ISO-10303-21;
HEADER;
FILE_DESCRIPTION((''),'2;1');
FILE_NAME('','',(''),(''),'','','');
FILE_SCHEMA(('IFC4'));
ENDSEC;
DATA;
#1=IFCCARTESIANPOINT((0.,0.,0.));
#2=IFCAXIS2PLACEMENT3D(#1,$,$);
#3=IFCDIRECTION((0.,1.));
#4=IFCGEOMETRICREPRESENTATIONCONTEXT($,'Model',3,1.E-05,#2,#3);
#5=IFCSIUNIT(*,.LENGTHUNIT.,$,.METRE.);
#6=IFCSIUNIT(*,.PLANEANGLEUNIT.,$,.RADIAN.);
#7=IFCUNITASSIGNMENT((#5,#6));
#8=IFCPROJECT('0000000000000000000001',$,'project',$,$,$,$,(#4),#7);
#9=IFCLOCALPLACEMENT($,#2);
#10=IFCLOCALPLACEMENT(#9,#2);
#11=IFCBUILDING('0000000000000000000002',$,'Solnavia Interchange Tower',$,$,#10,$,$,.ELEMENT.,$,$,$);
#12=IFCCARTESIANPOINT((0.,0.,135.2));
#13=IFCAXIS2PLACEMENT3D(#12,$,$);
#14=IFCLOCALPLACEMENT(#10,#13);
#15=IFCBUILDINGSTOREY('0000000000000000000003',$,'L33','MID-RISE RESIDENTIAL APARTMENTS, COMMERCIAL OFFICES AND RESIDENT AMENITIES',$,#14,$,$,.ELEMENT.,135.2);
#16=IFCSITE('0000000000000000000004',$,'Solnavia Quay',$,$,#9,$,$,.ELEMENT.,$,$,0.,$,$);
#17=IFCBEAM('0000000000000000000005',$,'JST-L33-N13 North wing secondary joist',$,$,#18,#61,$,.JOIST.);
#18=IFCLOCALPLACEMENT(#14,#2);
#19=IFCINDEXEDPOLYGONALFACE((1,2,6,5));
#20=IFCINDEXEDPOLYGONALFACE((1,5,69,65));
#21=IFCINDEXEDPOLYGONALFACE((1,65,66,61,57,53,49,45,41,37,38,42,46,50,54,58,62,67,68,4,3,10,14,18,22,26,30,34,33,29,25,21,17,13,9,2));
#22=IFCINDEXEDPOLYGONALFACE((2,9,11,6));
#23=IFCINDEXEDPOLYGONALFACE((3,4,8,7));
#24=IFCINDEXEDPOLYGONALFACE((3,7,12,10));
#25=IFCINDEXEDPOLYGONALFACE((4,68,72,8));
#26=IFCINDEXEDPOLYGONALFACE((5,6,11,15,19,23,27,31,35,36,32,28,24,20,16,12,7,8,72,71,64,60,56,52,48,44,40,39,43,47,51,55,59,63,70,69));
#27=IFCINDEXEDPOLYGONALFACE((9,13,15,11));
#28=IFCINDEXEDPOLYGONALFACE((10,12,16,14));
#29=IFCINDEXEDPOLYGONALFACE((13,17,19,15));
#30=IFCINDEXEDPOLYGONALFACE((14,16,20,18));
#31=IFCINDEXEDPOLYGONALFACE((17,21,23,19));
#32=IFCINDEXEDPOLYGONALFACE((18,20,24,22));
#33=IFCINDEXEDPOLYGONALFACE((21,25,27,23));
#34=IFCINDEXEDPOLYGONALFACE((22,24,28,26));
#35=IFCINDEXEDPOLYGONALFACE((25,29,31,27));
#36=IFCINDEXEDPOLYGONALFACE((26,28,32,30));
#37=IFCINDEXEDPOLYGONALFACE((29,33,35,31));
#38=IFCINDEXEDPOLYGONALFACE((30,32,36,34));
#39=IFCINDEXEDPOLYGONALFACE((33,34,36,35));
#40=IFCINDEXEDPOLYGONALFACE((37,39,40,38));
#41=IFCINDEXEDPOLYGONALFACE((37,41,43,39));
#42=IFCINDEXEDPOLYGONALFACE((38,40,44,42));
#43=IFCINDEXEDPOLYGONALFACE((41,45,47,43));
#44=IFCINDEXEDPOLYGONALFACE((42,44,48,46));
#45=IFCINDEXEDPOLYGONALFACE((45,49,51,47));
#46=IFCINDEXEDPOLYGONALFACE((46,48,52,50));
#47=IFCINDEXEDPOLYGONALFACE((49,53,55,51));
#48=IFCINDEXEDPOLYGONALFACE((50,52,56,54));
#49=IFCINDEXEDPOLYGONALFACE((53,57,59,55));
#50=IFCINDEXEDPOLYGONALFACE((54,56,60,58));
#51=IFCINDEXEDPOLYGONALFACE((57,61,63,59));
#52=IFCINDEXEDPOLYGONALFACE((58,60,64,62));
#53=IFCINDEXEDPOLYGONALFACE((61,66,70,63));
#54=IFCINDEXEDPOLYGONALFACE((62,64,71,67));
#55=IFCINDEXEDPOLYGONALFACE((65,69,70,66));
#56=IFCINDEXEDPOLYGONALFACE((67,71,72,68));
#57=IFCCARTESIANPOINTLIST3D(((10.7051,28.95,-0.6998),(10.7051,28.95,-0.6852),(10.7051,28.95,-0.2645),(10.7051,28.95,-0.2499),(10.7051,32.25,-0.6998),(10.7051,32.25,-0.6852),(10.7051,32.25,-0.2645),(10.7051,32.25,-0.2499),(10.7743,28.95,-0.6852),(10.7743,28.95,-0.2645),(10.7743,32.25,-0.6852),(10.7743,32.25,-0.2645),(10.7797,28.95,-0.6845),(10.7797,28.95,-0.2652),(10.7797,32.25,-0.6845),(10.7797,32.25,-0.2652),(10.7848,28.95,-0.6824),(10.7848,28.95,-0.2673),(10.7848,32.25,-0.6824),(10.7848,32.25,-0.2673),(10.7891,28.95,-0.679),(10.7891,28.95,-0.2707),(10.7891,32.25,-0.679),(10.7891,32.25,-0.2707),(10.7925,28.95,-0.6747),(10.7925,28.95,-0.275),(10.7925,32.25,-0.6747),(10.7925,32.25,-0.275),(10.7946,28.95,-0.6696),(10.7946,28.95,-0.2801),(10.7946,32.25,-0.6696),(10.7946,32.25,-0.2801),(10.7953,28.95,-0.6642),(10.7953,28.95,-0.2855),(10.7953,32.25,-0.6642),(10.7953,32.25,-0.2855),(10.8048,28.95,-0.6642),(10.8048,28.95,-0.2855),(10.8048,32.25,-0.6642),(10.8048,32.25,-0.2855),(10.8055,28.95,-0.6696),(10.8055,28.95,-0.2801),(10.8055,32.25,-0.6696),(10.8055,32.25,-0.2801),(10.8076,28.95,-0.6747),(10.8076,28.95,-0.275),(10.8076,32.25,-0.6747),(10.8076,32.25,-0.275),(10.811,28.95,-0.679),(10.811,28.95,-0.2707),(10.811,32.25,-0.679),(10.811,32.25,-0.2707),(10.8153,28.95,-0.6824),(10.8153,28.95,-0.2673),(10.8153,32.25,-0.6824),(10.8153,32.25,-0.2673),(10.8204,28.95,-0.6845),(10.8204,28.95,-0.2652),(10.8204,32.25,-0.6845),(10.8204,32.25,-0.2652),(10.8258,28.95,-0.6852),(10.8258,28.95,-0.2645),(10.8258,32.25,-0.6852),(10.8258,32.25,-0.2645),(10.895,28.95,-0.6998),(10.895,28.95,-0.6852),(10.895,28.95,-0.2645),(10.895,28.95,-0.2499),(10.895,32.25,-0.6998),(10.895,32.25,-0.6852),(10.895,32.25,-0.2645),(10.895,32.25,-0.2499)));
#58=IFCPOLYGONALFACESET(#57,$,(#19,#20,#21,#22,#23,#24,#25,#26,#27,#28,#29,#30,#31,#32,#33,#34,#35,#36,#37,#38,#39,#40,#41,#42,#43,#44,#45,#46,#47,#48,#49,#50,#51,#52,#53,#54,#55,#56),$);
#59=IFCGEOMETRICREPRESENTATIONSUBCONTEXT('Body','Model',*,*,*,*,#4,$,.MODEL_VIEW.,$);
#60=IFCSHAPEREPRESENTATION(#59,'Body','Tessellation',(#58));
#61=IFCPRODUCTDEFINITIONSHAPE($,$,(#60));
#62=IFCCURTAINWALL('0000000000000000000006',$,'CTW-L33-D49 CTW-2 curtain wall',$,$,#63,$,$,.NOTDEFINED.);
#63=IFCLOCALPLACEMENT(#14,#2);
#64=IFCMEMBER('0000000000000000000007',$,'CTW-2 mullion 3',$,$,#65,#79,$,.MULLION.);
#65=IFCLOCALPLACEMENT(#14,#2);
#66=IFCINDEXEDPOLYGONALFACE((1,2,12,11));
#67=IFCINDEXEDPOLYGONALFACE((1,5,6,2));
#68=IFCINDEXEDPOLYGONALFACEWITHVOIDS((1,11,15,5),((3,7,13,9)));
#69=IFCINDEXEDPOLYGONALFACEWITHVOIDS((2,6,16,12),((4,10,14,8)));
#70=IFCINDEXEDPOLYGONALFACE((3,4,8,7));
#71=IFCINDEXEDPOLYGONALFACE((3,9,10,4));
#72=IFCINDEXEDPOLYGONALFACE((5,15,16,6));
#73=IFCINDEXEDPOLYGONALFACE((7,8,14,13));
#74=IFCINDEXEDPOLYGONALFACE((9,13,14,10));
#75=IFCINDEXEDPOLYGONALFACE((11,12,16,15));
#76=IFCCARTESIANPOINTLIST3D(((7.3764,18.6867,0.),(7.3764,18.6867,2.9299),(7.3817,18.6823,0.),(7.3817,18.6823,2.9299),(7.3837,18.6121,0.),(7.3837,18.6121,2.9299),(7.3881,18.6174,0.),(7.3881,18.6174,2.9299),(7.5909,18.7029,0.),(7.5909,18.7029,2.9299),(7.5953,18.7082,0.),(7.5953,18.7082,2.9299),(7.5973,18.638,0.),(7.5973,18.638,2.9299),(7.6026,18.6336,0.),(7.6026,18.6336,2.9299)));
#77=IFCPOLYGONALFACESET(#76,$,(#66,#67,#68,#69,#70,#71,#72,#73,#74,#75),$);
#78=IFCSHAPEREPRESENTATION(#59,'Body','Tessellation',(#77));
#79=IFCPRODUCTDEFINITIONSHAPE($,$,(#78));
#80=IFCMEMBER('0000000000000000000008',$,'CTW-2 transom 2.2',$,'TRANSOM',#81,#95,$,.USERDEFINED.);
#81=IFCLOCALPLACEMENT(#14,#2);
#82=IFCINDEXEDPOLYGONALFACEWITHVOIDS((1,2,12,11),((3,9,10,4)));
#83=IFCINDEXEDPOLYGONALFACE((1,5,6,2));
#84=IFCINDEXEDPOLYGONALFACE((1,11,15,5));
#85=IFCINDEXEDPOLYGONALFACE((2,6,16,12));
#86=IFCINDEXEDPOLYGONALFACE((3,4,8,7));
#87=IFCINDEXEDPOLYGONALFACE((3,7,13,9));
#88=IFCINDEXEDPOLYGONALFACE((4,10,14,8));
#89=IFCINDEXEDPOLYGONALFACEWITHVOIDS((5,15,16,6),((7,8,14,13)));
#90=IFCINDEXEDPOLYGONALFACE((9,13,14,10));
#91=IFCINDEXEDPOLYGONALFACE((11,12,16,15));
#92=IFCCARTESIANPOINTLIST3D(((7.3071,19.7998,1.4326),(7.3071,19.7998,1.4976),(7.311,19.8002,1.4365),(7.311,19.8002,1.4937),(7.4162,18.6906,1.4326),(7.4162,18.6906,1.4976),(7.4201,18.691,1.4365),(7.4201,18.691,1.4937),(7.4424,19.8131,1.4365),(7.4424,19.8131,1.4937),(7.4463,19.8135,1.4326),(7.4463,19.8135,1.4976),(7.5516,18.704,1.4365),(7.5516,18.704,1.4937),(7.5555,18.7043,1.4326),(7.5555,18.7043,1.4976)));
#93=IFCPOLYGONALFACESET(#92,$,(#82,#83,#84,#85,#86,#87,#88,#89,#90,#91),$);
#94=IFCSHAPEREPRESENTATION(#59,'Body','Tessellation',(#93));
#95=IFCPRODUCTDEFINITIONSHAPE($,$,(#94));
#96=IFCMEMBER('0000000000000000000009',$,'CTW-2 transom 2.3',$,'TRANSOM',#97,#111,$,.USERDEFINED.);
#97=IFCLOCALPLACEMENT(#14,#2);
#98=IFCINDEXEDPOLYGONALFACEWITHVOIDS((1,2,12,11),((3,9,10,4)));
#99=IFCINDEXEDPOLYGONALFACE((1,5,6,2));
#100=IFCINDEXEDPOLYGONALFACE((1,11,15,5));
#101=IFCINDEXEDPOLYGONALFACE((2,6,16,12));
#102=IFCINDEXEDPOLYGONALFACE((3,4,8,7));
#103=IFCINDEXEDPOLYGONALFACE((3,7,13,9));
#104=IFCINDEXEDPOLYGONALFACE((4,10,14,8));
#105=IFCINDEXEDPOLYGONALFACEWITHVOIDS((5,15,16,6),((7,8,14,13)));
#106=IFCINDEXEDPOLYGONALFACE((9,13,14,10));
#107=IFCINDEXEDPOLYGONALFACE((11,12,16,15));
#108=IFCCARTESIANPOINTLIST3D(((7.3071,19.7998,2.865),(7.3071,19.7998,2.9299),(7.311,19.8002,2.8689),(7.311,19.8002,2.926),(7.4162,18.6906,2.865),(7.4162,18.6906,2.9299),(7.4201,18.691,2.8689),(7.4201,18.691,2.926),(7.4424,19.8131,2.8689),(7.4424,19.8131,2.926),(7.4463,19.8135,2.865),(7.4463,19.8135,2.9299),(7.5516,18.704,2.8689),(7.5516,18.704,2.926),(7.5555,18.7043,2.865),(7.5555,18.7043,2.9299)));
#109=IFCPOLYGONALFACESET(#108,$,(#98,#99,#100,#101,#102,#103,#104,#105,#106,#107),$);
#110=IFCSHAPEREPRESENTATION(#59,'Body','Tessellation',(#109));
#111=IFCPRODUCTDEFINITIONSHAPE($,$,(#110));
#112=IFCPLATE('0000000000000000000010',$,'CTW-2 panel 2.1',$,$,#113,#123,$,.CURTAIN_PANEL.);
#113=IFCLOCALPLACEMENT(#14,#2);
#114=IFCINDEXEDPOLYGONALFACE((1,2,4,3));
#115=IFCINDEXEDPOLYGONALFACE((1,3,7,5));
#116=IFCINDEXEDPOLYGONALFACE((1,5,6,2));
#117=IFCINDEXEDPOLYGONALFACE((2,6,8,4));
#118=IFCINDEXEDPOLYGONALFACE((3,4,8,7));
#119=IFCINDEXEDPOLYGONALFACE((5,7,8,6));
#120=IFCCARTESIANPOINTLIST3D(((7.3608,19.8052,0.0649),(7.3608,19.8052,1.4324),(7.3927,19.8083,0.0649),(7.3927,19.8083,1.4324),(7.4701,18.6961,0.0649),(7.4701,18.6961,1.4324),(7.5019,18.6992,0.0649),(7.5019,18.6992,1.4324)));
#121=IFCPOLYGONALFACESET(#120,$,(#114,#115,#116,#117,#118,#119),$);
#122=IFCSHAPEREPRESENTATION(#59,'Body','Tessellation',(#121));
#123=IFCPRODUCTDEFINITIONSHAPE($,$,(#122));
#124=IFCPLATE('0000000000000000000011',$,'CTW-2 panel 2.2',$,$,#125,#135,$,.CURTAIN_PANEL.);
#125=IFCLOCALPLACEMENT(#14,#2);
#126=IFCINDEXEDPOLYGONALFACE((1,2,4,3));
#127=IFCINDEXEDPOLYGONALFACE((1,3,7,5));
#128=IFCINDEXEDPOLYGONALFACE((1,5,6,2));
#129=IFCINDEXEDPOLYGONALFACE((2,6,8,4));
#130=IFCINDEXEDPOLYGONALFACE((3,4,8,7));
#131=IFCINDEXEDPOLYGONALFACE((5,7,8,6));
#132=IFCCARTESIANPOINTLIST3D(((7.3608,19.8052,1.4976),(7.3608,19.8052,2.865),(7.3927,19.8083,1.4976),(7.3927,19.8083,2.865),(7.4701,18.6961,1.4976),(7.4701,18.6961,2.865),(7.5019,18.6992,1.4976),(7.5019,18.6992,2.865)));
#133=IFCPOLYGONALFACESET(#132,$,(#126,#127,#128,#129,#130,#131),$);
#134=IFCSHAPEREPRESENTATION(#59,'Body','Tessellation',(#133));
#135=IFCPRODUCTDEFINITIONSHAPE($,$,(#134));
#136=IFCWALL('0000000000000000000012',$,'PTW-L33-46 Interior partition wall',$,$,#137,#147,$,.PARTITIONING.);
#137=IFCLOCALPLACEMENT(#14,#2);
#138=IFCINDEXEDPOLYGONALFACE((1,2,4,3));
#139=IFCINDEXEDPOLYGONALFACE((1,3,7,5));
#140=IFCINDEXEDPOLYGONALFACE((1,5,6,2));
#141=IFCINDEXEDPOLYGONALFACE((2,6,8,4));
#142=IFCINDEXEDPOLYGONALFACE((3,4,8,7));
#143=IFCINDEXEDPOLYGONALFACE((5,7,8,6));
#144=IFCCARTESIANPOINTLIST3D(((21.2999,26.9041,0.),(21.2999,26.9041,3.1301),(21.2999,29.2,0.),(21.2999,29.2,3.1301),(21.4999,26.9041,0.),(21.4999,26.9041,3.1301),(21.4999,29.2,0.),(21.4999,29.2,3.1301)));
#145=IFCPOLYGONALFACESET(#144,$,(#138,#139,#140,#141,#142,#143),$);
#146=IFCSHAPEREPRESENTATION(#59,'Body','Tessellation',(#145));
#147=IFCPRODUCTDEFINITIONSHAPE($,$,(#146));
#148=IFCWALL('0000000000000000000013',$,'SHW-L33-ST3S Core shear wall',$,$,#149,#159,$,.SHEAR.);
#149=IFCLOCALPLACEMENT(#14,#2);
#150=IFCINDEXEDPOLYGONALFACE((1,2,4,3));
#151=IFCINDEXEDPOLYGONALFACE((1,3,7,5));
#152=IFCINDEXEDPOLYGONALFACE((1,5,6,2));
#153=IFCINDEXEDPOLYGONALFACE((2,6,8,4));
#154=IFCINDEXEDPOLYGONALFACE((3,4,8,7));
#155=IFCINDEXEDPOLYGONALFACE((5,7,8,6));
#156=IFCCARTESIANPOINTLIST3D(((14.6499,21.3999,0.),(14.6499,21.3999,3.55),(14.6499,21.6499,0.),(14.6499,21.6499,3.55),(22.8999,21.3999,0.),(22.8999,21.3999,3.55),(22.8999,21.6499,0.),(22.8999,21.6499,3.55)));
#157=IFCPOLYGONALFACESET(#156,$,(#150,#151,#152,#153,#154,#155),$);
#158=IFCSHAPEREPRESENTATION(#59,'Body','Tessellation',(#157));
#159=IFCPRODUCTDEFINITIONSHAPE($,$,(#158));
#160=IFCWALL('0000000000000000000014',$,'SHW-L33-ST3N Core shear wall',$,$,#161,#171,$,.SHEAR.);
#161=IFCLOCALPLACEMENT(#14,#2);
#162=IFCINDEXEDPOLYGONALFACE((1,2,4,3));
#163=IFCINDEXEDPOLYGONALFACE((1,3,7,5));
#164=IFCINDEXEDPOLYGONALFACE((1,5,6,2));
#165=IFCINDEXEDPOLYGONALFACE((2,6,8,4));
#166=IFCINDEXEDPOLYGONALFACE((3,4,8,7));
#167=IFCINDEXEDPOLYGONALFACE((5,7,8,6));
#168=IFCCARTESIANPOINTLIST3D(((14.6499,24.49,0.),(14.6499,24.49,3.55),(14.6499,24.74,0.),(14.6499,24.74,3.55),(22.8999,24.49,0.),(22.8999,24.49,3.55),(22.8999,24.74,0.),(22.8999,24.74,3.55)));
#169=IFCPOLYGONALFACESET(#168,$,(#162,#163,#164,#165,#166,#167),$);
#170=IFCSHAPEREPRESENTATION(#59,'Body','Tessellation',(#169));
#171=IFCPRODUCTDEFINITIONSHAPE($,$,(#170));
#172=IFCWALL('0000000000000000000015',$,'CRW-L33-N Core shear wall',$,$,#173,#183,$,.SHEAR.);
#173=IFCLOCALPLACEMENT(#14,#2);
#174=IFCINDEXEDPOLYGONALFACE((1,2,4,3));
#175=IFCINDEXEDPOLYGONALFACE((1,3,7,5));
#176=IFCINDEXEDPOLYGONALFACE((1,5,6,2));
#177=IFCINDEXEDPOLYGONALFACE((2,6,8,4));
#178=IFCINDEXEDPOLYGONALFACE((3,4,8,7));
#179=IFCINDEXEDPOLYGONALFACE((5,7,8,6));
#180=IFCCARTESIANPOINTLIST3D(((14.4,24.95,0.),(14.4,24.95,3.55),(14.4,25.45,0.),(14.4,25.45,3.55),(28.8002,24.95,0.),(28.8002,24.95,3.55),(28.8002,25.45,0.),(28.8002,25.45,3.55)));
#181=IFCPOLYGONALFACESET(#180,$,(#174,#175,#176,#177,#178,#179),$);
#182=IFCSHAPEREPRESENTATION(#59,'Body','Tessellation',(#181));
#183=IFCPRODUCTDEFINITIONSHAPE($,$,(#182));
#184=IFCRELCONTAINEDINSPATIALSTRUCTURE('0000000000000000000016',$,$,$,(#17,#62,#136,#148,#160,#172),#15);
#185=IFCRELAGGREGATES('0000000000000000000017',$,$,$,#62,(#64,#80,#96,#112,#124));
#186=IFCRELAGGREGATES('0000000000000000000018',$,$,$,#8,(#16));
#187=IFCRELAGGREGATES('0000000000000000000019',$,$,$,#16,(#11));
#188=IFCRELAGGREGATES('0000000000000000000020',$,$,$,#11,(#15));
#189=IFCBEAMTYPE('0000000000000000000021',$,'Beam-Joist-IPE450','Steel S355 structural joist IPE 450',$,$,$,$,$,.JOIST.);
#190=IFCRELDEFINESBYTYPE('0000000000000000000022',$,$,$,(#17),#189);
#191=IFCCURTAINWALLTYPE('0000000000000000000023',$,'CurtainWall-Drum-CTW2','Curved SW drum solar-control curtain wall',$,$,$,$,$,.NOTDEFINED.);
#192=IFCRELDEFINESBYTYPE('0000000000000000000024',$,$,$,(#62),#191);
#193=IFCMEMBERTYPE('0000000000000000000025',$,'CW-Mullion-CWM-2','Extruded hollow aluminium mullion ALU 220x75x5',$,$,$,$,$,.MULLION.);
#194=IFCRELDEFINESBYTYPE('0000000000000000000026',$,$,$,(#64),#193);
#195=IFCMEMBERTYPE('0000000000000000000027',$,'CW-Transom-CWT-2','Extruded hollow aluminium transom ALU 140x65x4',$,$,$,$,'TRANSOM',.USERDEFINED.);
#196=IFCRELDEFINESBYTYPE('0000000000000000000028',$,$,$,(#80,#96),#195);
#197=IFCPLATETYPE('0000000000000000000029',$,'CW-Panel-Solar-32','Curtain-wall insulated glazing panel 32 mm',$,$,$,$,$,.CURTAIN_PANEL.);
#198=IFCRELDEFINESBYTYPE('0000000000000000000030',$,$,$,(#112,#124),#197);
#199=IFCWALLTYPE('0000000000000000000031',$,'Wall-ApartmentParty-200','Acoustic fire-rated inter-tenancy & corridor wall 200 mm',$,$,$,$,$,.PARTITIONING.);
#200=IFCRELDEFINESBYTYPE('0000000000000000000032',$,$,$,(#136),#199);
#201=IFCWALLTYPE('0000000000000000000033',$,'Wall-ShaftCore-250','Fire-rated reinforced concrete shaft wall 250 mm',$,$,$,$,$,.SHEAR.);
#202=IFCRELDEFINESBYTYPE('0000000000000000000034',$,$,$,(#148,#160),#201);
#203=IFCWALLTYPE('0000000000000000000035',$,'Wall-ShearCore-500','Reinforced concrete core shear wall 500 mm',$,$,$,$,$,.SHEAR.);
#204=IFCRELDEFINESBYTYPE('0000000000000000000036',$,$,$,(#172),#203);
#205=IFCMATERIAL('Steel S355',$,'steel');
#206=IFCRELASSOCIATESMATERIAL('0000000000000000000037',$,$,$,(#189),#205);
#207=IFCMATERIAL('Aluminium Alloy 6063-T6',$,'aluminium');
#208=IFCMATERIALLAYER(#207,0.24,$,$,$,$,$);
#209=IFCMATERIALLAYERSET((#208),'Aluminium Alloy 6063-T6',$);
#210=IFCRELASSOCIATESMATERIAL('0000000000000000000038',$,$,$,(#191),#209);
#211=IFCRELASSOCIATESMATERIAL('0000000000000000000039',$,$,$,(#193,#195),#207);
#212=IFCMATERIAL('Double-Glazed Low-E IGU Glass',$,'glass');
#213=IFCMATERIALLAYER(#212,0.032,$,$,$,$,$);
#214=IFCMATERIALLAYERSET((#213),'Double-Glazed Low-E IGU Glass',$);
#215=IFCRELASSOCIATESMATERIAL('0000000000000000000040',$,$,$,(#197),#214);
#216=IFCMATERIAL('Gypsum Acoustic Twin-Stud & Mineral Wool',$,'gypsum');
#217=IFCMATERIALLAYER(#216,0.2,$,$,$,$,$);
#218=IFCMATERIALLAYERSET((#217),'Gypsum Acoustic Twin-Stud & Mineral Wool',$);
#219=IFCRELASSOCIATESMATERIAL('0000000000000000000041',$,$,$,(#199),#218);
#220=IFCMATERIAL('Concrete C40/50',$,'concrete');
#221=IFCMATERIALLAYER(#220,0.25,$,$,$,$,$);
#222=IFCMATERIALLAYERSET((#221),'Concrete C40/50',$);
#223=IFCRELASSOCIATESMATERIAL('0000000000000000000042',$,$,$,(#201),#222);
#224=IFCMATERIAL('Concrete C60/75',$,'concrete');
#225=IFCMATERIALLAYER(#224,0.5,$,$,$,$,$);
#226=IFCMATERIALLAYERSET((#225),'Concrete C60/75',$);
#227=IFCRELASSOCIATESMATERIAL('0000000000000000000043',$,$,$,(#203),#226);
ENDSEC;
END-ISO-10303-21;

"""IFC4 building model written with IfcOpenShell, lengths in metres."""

from ifc_helpers import new_model, si_unit, direction, frame, frame_2d, origin, origin_2d, place, context, subcontext, project, spatial, rectangle, hollow_rectangle, i_section, extrude, material, layer, layer_set, material_profile, profile_set, type_object, element, aggregate, save


model = new_model("IFC4")

# Units and contexts
model_context = context("Model", 3, precision=1e-05, world=origin(), true_north=direction((0.0, 1.0)))
body_context = subcontext(model_context, "Body", "Model", "MODEL_VIEW")
ifc_project = project(units=[si_unit("LENGTHUNIT", "METRE"), si_unit("PLANEANGLEUNIT", "RADIAN")], contexts=[model_context])

# Site, building, storey
site_placement = place(None, origin())
site = spatial("IfcSite", under=ifc_project, at=site_placement, Name="Solnavia Quay", CompositionType="ELEMENT", RefElevation=0.0)
building_placement = place(site_placement, origin())
building = spatial("IfcBuilding", under=site, at=building_placement, Name="Solnavia Interchange Tower", CompositionType="ELEMENT")
storey_placement = place(building_placement, frame((0.0, 0.0, 135.2)))
storey = spatial("IfcBuildingStorey", under=building, at=storey_placement, Name="L33", Description="MID-RISE RESIDENTIAL APARTMENTS, COMMERCIAL OFFICES AND RESIDENT AMENITIES", CompositionType="ELEMENT", Elevation=135.2)

# Shared definitions
ifc_material_1 = material(Name="Steel S355", Category="steel")

# Beam
ifc_material_profile_1 = material_profile(ifc_material_1, i_section(OverallWidth=0.1899, OverallDepth=0.45, WebThickness=0.0095, FlangeThickness=0.0146, FilletRadius=0.021, at=origin_2d()), Name="IPE 450")
ifc_profile_set_1 = profile_set([ifc_material_profile_1], Name="Steel S355")
beam_type_1 = type_object("IfcBeamType", Name="Beam-Joist-IPE450", Description="Steel S355 structural joist IPE 450", PredefinedType="JOIST", material=ifc_profile_set_1)
beam_1_placement = place(storey_placement, frame((10.8, 28.95, -0.4749), z_axis=(0.0, 1.0, 0.0), x_axis=(-1.0, 0.0, 0.0)))
element("IfcBeam", 1, at=beam_1_placement, inside=storey, type_object=beam_type_1, Name="JST-L33-N13 North wing secondary joist", PredefinedType="JOIST", context=body_context, shape_type="SweptSolid", body=[
    extrude(i_section(OverallWidth=0.1899, OverallDepth=0.45, WebThickness=0.0095, FlangeThickness=0.0146, FilletRadius=0.021, at=origin_2d()), origin(), (0.0, 0.0, 1.0), 3.3),
])

# Curtain wall, members, plates
ifc_material_2 = material(Name="Aluminium Alloy 6063-T6", Category="aluminium")
ifc_layer_1 = layer(ifc_material_2, 0.24)
ifc_layer_set_1 = layer_set([ifc_layer_1], Name="Aluminium Alloy 6063-T6")
curtain_wall_type = type_object("IfcCurtainWallType", Name="CurtainWall-Drum-CTW2", Description="Curved SW drum solar-control curtain wall", PredefinedType="NOTDEFINED", material=ifc_layer_set_1)
curtain_wall_placement = place(storey_placement, origin())
curtain_wall = element("IfcCurtainWall", 2, at=curtain_wall_placement, inside=storey, type_object=curtain_wall_type, Name="CTW-L33-D49 CTW-2 curtain wall", PredefinedType="NOTDEFINED")
ifc_material_profile_2 = material_profile(ifc_material_2, hollow_rectangle(XDim=0.075, YDim=0.22, WallThickness=0.0049, at=origin_2d()), Name="ALU 220x75x5")
ifc_profile_set_2 = profile_set([ifc_material_profile_2], Name="Aluminium Alloy 6063-T6")
member_type_1 = type_object("IfcMemberType", Name="CW-Mullion-CWM-2", Description="Extruded hollow aluminium mullion ALU 220x75x5", PredefinedType="MULLION", material=ifc_profile_set_2)
member_1_placement = place(storey_placement, frame((7.4895, 18.6602, 0.0), z_axis=(0.0, 0.0, 1.0), x_axis=(0.098043, -0.995182, 0.0)))
member_1 = element("IfcMember", 3, at=member_1_placement, type_object=member_type_1, Name="CTW-2 mullion 3", PredefinedType="MULLION", context=body_context, shape_type="SweptSolid", body=[
    extrude(hollow_rectangle(XDim=0.075, YDim=0.22, WallThickness=0.0049, at=origin_2d()), origin(), (0.0, 0.0, 1.0), 2.9299),
])
ifc_material_profile_3 = material_profile(ifc_material_2, hollow_rectangle(XDim=0.0649, YDim=0.1399, WallThickness=0.0039, at=origin_2d()), Name="ALU 140x65x4")
ifc_profile_set_3 = profile_set([ifc_material_profile_3], Name="Aluminium Alloy 6063-T6")
member_type_2 = type_object("IfcMemberType", Name="CW-Transom-CWT-2", Description="Extruded hollow aluminium transom ALU 140x65x4", ElementType="TRANSOM", PredefinedType="USERDEFINED", material=ifc_profile_set_3)
member_2_placement = place(storey_placement, frame((7.3767, 19.8066, 1.4651), z_axis=(0.09792, -0.995194, 0.0), x_axis=(0.0, 0.0, 1.0)))
member_2 = element("IfcMember", 4, at=member_2_placement, type_object=member_type_2, Name="CTW-2 transom 2.2", ObjectType="TRANSOM", PredefinedType="USERDEFINED", context=body_context, shape_type="SweptSolid", body=[
    extrude(hollow_rectangle(XDim=0.0649, YDim=0.1399, WallThickness=0.0039, at=origin_2d()), origin(), (0.0, 0.0, 1.0), 1.1145),
])
member_3_placement = place(storey_placement, frame((7.3767, 19.8066, 2.8975), z_axis=(0.09792, -0.995194, 0.0), x_axis=(0.0, 0.0, 1.0)))
member_3 = element("IfcMember", 5, at=member_3_placement, type_object=member_type_2, Name="CTW-2 transom 2.3", ObjectType="TRANSOM", PredefinedType="USERDEFINED", context=body_context, shape_type="SweptSolid", body=[
    extrude(hollow_rectangle(XDim=0.0649, YDim=0.1399, WallThickness=0.0039, at=origin_2d()), origin(), (0.0, 0.0, 1.0), 1.1145),
])
ifc_material_3 = material(Name="Double-Glazed Low-E IGU Glass", Category="glass")
ifc_layer_2 = layer(ifc_material_3, 0.032)
ifc_layer_set_2 = layer_set([ifc_layer_2], Name="Double-Glazed Low-E IGU Glass")
plate_type = type_object("IfcPlateType", Name="CW-Panel-Solar-32", Description="Curtain-wall insulated glazing panel 32 mm", PredefinedType="CURTAIN_PANEL", material=ifc_layer_set_2)
plate_1_placement = place(storey_placement, frame((7.4314, 19.2522, 0.0649), z_axis=(0.0, 0.0, 1.0), x_axis=(0.098043, -0.995182, 0.0)))
plate_1 = element("IfcPlate", 6, at=plate_1_placement, type_object=plate_type, Name="CTW-2 panel 2.1", PredefinedType="CURTAIN_PANEL", context=body_context, shape_type="SweptSolid", body=[
    extrude(rectangle(XDim=1.1145, YDim=0.032, at=origin_2d()), origin(), (0.0, 0.0, 1.0), 1.3674),
])
plate_2_placement = place(storey_placement, frame((7.4314, 19.2522, 1.4976), z_axis=(0.0, 0.0, 1.0), x_axis=(0.098043, -0.995182, 0.0)))
plate_2 = element("IfcPlate", 7, at=plate_2_placement, type_object=plate_type, Name="CTW-2 panel 2.2", PredefinedType="CURTAIN_PANEL", context=body_context, shape_type="SweptSolid", body=[
    extrude(rectangle(XDim=1.1145, YDim=0.032, at=origin_2d()), origin(), (0.0, 0.0, 1.0), 1.3674),
])
aggregate(curtain_wall, [member_1, member_2, member_3, plate_1, plate_2])

# Walls
ifc_material_4 = material(Name="Gypsum Acoustic Twin-Stud & Mineral Wool", Category="gypsum")
ifc_layer_3 = layer(ifc_material_4, 0.2)
ifc_layer_set_3 = layer_set([ifc_layer_3], Name="Gypsum Acoustic Twin-Stud & Mineral Wool")
wall_type_1 = type_object("IfcWallType", Name="Wall-ApartmentParty-200", Description="Acoustic fire-rated inter-tenancy & corridor wall 200 mm", PredefinedType="PARTITIONING", material=ifc_layer_set_3)
wall_1_placement = place(storey_placement, frame((21.3999, 26.9041, 0.0), z_axis=(0.0, 0.0, 1.0), x_axis=(0.0, 1.0, 0.0)))
element("IfcWall", 8, at=wall_1_placement, inside=storey, type_object=wall_type_1, Name="PTW-L33-46 Interior partition wall", PredefinedType="PARTITIONING", context=body_context, shape_type="SweptSolid", body=[
    extrude(rectangle(XDim=2.2959, YDim=0.2, at=frame_2d((1.1479, 0.0))), origin(), (0.0, 0.0, 1.0), 3.1301),
])
ifc_material_5 = material(Name="Concrete C40/50", Category="concrete")
ifc_layer_4 = layer(ifc_material_5, 0.25)
ifc_layer_set_4 = layer_set([ifc_layer_4], Name="Concrete C40/50")
wall_type_2 = type_object("IfcWallType", Name="Wall-ShaftCore-250", Description="Fire-rated reinforced concrete shaft wall 250 mm", PredefinedType="SHEAR", material=ifc_layer_set_4)
for number, where, z_axis, x_axis, name in (
    (9, (14.6499, 21.5249, 0.0), (0.0, 0.0, 1.0), (1.0, 0.0, 0.0), "SHW-L33-ST3S Core shear wall"),
    (10, (14.6499, 24.615, 0.0), (0.0, 0.0, 1.0), (1.0, 0.0, 0.0), "SHW-L33-ST3N Core shear wall"),
):
    element("IfcWall", number, at=place(storey_placement, frame(where, z_axis=z_axis, x_axis=x_axis)), inside=storey, type_object=wall_type_2, Name=name, PredefinedType="SHEAR", context=body_context, shape_type="SweptSolid", body=[
        extrude(rectangle(XDim=8.25, YDim=0.25, at=frame_2d((4.125, 0.0))), origin(), (0.0, 0.0, 1.0), 3.55),
    ])
ifc_material_6 = material(Name="Concrete C60/75", Category="concrete")
ifc_layer_5 = layer(ifc_material_6, 0.5)
ifc_layer_set_5 = layer_set([ifc_layer_5], Name="Concrete C60/75")
wall_type_3 = type_object("IfcWallType", Name="Wall-ShearCore-500", Description="Reinforced concrete core shear wall 500 mm", PredefinedType="SHEAR", material=ifc_layer_set_5)
wall_2_placement = place(storey_placement, frame((14.3999, 25.2, 0.0), z_axis=(0.0, 0.0, 1.0), x_axis=(1.0, 0.0, 0.0)))
element("IfcWall", 11, at=wall_2_placement, inside=storey, type_object=wall_type_3, Name="CRW-L33-N Core shear wall", PredefinedType="SHEAR", context=body_context, shape_type="SweptSolid", body=[
    extrude(rectangle(XDim=14.4001, YDim=0.5, at=frame_2d((7.2002, 0.0))), origin(), (0.0, 0.0, 1.0), 3.55),
])

save(model, "model.ifc")
